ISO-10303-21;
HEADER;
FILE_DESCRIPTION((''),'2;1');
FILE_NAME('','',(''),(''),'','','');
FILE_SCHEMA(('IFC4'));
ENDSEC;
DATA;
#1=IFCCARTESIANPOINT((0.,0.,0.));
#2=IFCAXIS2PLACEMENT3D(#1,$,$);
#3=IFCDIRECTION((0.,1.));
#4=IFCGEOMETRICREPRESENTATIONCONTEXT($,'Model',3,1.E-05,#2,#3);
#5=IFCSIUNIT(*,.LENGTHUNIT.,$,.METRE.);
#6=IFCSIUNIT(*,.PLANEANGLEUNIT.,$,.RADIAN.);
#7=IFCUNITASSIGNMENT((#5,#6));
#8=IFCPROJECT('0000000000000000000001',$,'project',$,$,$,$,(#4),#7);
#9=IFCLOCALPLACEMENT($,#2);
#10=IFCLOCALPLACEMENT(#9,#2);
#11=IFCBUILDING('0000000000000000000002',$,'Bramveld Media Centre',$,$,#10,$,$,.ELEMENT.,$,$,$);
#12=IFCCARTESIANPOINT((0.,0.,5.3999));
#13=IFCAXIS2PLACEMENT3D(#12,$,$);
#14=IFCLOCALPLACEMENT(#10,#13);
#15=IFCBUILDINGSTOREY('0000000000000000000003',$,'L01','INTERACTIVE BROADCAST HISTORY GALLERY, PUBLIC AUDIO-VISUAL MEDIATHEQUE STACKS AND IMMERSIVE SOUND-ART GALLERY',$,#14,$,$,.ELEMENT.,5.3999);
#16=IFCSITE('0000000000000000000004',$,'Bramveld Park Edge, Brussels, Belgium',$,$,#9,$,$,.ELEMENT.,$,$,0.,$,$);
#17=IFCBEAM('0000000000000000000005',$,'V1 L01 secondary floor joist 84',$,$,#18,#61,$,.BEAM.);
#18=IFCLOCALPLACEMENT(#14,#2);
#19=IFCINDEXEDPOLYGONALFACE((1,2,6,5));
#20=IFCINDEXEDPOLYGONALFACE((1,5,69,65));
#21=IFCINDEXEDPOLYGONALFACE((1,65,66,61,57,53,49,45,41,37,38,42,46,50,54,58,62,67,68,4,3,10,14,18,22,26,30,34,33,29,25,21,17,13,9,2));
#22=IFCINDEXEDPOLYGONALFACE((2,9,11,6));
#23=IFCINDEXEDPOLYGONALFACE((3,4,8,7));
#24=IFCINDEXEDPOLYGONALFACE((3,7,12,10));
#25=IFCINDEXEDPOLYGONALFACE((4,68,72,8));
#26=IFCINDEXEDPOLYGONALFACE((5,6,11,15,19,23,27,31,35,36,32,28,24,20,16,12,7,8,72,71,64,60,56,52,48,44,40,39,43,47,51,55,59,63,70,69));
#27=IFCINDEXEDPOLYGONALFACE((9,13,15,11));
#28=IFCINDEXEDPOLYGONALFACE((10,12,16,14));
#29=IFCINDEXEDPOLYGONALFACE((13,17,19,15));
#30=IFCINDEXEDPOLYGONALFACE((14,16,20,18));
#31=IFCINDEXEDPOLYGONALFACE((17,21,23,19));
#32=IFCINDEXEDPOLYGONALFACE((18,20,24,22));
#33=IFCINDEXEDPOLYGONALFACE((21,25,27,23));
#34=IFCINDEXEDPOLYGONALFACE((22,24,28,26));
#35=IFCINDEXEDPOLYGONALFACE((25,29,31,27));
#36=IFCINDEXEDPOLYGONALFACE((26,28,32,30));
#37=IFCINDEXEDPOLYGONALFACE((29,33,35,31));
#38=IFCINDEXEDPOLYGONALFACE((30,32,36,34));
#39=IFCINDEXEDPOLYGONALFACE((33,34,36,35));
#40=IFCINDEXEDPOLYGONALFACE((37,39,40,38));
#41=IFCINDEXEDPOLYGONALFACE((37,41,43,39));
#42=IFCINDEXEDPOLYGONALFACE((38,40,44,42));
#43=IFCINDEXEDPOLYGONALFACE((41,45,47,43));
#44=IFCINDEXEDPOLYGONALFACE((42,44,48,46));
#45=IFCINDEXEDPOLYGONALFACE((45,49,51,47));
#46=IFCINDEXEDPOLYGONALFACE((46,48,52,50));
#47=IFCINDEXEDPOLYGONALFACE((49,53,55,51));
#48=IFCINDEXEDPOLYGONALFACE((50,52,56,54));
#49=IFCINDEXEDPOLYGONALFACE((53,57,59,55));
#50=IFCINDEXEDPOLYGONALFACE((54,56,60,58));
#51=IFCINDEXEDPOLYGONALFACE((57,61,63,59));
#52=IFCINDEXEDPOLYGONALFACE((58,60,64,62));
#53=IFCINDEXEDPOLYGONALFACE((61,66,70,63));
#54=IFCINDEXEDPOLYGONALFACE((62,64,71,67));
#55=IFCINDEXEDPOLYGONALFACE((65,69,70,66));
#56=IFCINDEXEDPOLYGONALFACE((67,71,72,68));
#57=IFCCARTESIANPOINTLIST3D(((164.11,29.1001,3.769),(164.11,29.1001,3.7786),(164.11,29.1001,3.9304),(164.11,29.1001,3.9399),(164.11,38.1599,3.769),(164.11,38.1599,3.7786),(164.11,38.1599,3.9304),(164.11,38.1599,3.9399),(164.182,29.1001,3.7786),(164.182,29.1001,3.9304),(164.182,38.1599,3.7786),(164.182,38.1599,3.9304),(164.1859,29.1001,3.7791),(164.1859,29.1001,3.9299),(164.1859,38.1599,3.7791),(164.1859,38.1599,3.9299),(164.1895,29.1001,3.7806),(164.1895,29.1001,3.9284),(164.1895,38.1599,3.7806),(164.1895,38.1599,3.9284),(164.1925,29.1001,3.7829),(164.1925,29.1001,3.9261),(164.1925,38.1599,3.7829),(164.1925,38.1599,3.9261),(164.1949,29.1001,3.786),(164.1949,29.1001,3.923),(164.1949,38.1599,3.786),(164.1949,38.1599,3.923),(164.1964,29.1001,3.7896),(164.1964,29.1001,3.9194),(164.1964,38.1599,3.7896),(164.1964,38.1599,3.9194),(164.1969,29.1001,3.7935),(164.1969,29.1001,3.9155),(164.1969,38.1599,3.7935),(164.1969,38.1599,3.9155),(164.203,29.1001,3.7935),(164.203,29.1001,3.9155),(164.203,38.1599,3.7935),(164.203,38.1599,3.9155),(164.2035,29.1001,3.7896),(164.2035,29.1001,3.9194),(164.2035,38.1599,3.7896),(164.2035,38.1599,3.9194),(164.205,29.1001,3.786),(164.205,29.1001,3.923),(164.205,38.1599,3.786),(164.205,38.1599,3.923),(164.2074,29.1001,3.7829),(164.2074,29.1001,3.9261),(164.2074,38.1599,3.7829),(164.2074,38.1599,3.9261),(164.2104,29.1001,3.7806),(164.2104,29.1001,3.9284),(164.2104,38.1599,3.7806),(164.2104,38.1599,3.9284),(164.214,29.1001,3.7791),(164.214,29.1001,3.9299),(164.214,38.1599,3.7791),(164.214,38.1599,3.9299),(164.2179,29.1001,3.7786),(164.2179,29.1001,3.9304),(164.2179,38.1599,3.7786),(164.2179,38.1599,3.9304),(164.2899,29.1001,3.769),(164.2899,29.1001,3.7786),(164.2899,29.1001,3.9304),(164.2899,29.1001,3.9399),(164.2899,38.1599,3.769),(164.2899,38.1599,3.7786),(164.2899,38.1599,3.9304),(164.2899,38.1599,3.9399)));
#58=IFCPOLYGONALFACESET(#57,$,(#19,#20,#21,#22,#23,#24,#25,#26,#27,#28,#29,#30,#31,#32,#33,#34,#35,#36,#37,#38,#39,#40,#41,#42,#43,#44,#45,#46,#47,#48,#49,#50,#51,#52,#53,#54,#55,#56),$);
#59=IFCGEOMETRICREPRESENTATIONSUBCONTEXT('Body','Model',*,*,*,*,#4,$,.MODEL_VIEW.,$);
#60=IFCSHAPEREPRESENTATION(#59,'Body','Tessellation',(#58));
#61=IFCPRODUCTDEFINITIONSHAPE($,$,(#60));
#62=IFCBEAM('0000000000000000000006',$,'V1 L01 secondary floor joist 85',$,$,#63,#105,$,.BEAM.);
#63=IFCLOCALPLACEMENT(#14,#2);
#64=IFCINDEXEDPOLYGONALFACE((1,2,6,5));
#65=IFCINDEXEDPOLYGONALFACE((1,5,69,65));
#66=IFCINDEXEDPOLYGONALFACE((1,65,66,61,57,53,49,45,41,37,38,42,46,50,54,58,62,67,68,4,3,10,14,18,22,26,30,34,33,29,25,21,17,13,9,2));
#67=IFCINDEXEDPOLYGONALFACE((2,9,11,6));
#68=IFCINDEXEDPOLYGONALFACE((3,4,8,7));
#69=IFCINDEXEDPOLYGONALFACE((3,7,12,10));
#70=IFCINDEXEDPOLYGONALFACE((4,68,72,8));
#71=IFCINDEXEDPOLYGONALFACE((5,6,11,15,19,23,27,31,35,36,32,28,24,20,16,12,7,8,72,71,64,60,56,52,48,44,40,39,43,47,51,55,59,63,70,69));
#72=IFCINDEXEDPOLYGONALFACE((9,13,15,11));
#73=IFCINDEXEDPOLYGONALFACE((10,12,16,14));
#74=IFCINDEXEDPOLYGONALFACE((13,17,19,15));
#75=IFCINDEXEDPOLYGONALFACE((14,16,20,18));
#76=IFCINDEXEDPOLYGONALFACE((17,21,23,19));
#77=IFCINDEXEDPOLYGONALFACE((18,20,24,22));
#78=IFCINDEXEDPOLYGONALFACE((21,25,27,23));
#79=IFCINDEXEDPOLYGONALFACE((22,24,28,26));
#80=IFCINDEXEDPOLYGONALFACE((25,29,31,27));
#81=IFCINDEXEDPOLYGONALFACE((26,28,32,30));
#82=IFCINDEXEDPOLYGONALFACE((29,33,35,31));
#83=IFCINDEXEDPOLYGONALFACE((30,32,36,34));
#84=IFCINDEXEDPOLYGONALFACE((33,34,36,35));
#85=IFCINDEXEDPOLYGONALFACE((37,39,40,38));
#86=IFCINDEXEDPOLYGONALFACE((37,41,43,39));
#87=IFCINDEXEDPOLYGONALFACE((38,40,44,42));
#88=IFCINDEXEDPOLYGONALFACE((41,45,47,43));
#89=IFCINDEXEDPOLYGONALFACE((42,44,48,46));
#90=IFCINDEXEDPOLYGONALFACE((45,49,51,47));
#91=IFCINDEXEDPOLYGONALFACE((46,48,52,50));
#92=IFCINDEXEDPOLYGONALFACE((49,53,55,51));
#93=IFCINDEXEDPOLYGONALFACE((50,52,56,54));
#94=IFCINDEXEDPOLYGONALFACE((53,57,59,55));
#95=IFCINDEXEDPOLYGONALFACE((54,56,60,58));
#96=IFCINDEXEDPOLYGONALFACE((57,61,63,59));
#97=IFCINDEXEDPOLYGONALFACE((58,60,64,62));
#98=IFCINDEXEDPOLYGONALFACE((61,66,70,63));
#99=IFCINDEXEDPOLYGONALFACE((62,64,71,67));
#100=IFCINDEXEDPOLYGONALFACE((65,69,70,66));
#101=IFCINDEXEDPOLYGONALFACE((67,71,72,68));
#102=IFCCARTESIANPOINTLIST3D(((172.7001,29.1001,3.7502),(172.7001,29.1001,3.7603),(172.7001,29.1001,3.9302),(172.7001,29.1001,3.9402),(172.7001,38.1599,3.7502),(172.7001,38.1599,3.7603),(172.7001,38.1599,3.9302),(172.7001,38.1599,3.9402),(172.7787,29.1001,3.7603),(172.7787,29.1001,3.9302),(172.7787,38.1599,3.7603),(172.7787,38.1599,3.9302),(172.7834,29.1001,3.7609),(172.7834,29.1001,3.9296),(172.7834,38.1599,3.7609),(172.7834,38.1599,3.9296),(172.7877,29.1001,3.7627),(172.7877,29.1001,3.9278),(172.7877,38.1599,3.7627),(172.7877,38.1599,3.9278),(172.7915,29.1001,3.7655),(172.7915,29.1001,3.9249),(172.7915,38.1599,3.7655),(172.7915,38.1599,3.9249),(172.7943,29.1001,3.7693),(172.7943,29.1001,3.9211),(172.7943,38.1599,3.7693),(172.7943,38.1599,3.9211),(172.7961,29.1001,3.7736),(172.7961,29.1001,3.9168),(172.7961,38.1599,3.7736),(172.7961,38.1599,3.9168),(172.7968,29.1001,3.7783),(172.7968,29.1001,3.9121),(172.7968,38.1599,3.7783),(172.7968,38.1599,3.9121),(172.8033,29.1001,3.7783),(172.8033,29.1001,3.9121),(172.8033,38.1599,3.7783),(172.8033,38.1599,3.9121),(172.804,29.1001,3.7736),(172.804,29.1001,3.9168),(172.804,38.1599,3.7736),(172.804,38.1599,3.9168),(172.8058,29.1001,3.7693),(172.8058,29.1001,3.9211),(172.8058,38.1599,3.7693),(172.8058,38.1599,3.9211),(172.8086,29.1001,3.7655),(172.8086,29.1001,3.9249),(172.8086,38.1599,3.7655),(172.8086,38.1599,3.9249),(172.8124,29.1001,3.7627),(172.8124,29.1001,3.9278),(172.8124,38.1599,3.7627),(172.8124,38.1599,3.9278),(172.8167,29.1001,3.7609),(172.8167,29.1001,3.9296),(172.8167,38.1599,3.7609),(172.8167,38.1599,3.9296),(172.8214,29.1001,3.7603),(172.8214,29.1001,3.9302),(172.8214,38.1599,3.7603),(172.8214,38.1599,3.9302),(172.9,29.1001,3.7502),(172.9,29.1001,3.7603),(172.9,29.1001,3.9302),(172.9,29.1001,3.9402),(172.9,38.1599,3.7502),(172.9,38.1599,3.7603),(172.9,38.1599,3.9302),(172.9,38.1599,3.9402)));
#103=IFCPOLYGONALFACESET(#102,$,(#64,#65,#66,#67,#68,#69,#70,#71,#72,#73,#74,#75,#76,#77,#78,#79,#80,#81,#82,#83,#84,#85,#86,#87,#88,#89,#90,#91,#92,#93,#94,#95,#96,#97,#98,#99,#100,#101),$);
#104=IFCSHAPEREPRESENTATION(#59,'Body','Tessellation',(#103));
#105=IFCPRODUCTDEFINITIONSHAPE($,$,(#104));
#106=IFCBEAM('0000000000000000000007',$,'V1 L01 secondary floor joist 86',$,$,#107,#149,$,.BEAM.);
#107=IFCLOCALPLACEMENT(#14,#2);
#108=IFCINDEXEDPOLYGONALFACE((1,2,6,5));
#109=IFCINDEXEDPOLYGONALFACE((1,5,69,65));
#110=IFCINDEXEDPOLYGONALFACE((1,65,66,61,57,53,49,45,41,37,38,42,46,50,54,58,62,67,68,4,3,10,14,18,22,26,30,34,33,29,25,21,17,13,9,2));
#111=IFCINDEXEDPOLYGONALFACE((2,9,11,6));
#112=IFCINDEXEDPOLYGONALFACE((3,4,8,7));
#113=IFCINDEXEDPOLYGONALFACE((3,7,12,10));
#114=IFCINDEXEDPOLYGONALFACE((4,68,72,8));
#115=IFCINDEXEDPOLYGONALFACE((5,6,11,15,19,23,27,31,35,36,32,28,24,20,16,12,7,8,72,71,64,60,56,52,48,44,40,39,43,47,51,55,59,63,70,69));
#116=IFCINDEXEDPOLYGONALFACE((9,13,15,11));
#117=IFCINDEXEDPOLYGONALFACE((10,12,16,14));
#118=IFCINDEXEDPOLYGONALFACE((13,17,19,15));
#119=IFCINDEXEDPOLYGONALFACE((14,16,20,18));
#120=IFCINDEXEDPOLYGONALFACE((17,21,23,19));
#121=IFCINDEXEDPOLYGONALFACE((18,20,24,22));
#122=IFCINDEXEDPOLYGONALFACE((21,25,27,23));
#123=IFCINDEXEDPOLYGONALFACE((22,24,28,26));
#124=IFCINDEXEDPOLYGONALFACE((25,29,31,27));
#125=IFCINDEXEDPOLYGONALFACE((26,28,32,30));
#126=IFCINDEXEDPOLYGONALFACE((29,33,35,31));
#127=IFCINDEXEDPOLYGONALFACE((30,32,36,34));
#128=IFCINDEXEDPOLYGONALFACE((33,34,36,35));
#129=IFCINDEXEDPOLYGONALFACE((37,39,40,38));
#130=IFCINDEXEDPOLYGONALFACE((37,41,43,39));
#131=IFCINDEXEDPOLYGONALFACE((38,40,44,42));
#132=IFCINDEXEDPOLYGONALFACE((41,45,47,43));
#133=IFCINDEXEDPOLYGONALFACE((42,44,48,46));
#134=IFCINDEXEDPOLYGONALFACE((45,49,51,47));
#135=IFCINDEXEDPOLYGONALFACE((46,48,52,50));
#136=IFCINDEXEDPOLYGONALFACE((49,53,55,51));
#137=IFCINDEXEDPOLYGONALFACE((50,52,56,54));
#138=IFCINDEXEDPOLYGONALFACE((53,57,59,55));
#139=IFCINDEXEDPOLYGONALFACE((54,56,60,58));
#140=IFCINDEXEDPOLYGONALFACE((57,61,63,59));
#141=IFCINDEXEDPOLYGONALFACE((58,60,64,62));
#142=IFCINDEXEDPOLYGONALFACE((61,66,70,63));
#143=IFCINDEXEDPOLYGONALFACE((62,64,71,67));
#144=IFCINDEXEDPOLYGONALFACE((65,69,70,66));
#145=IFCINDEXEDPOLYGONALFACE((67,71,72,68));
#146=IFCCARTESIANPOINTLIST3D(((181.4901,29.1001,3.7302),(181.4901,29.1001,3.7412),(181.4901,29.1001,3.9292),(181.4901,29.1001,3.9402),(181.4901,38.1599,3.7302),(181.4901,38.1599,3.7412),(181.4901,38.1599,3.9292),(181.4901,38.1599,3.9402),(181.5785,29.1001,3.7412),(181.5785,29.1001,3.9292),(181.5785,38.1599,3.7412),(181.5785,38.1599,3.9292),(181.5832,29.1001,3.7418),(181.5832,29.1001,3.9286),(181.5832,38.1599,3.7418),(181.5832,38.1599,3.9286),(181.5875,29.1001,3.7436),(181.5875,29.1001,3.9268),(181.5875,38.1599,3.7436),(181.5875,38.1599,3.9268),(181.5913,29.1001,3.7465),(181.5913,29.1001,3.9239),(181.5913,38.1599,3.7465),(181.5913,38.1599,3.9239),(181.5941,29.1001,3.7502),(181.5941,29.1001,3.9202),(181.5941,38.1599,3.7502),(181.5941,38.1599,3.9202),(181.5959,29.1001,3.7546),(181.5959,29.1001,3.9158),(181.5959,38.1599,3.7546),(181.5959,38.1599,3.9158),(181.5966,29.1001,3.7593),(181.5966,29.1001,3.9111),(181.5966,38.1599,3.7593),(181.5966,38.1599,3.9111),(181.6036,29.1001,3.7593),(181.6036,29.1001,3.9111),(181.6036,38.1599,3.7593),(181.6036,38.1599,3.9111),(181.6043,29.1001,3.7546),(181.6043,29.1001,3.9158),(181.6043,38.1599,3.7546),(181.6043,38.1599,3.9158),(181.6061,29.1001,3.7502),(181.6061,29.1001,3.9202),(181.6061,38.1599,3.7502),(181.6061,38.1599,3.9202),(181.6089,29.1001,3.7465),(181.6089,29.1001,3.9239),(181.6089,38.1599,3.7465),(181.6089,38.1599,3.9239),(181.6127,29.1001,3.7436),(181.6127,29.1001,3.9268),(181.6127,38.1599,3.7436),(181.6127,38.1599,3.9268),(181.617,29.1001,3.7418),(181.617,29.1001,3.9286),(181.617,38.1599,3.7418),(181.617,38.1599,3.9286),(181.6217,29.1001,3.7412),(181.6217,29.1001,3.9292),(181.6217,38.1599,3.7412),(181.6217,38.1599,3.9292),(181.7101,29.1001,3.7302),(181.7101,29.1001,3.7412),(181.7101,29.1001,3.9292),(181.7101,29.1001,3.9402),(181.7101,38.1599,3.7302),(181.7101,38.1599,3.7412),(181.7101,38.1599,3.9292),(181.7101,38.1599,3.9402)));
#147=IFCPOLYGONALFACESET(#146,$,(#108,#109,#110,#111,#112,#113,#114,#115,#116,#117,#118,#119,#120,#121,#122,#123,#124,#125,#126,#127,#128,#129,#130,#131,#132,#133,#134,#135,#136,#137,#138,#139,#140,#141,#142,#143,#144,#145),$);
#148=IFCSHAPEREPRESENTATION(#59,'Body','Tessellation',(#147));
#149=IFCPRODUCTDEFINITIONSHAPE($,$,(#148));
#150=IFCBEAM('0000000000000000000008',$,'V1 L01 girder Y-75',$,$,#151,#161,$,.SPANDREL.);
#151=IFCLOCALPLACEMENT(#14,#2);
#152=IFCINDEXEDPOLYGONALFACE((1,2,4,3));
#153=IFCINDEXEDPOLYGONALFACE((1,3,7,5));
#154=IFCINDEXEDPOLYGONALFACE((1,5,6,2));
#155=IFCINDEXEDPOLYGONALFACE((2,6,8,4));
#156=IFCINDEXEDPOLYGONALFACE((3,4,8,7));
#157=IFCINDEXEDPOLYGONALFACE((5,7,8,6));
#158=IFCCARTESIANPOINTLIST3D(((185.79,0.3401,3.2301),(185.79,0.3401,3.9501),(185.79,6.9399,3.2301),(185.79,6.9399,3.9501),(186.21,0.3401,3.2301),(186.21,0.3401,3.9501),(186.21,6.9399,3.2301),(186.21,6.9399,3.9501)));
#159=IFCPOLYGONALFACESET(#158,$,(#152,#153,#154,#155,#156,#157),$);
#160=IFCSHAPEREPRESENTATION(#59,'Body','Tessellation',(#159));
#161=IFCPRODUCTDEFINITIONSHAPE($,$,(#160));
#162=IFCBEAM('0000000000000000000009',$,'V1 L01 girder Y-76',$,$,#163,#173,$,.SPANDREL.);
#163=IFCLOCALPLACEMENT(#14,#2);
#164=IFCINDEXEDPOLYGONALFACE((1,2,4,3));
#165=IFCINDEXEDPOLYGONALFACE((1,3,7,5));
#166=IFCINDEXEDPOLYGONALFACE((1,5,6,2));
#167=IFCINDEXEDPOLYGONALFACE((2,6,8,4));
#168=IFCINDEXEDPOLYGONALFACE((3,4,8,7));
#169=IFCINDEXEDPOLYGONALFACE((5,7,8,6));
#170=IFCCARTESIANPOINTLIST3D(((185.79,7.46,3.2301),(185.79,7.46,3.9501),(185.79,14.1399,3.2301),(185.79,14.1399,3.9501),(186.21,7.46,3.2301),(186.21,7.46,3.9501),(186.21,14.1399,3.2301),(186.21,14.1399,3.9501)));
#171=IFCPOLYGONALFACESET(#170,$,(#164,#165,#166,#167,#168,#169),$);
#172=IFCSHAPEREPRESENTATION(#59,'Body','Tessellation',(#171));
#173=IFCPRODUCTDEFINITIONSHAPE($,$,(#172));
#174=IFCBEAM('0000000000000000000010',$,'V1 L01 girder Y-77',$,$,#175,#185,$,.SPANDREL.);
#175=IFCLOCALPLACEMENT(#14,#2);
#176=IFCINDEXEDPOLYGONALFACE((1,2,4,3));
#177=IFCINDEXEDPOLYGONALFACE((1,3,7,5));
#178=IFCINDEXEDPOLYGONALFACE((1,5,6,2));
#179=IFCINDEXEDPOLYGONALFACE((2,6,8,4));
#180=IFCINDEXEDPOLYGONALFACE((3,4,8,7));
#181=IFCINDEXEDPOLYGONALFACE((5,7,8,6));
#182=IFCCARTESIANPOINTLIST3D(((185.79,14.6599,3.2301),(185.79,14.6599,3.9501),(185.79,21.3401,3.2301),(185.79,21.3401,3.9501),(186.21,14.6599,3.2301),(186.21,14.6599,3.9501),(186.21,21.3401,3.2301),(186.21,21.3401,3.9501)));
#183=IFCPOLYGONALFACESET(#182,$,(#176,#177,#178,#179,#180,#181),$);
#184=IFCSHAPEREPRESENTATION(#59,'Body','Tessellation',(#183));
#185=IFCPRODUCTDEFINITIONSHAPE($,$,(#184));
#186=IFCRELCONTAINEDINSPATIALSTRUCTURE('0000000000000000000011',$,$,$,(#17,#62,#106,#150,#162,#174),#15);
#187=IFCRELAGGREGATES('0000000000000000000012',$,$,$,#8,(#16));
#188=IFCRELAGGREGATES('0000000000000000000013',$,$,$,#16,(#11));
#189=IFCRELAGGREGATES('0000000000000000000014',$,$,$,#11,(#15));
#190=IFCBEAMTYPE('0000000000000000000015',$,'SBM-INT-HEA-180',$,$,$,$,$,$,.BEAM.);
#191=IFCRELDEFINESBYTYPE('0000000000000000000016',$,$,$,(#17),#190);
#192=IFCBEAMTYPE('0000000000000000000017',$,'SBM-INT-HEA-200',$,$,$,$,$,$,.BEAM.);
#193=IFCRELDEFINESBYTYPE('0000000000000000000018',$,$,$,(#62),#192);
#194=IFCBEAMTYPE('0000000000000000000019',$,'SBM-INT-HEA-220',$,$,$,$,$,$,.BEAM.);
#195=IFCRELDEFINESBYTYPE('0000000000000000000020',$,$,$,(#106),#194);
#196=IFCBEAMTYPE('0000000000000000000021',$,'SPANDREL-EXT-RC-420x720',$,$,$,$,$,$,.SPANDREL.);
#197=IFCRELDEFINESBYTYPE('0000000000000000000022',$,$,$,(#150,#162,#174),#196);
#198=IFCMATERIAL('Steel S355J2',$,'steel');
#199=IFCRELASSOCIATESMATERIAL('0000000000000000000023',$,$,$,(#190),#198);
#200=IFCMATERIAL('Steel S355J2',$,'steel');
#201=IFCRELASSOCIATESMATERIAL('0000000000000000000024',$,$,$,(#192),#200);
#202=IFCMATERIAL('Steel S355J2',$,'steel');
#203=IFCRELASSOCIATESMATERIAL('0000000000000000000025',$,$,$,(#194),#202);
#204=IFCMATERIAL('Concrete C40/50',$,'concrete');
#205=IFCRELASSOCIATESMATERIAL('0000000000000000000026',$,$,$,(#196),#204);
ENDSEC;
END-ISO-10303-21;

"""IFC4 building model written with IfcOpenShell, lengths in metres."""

from ifc_helpers import new_model, si_unit, direction, frame, origin, origin_2d, place, context, subcontext, project, spatial, rectangle, i_section, extrude, material, material_profile, profile_set, type_object, element, save


model = new_model("IFC4")

# Units and contexts
model_context = context("Model", 3, precision=1e-05, world=origin(), true_north=direction((0.0, 1.0)))
body_context = subcontext(model_context, "Body", "Model", "MODEL_VIEW")
ifc_project = project(units=[si_unit("LENGTHUNIT", "METRE"), si_unit("PLANEANGLEUNIT", "RADIAN")], contexts=[model_context])

# Site, building, storey
site_placement = place(None, origin())
site = spatial("IfcSite", under=ifc_project, at=site_placement, Name="Bramveld Park Edge, Brussels, Belgium", CompositionType="ELEMENT", RefElevation=0.0)
building_placement = place(site_placement, origin())
building = spatial("IfcBuilding", under=site, at=building_placement, Name="Bramveld Media Centre", CompositionType="ELEMENT")
storey_placement = place(building_placement, frame((0.0, 0.0, 5.3999)))
storey = spatial("IfcBuildingStorey", under=building, at=storey_placement, Name="L01", Description="INTERACTIVE BROADCAST HISTORY GALLERY, PUBLIC AUDIO-VISUAL MEDIATHEQUE STACKS AND IMMERSIVE SOUND-ART GALLERY", CompositionType="ELEMENT", Elevation=5.3999)

# Beams
ifc_material_1 = material(Name="Steel S355J2", Category="steel")
ifc_material_profile_1 = material_profile(ifc_material_1, i_section(OverallWidth=0.1799, OverallDepth=0.1709, WebThickness=0.0061, FlangeThickness=0.0095, FilletRadius=0.0149, at=origin_2d()), Name="HEA 180")
ifc_profile_set_1 = profile_set([ifc_material_profile_1], Name="Steel S355J2")
beam_type_1 = type_object("IfcBeamType", Name="SBM-INT-HEA-180", PredefinedType="BEAM", material=ifc_profile_set_1)
beam_1_placement = place(storey_placement, frame((164.2, 29.1001, 3.8545), z_axis=(0.0, 1.0, 0.0), x_axis=(-1.0, 0.0, 0.0)))
element("IfcBeam", 1, at=beam_1_placement, inside=storey, type_object=beam_type_1, Name="V1 L01 secondary floor joist 84", PredefinedType="BEAM", context=body_context, shape_type="SweptSolid", body=[
    extrude(i_section(OverallWidth=0.1799, OverallDepth=0.1709, WebThickness=0.0061, FlangeThickness=0.0095, FilletRadius=0.0149, at=origin_2d()), origin(), (0.0, 0.0, 1.0), 9.0598),
])
ifc_material_2 = material(Name="Steel S355J2", Category="steel")
ifc_material_profile_2 = material_profile(ifc_material_2, i_section(OverallWidth=0.2, OverallDepth=0.1899, WebThickness=0.0066, FlangeThickness=0.01, FilletRadius=0.0181, at=origin_2d()), Name="HEA 200")
ifc_profile_set_2 = profile_set([ifc_material_profile_2], Name="Steel S355J2")
beam_type_2 = type_object("IfcBeamType", Name="SBM-INT-HEA-200", PredefinedType="BEAM", material=ifc_profile_set_2)
beam_2_placement = place(storey_placement, frame((172.8, 29.1001, 3.8452), z_axis=(0.0, 1.0, 0.0), x_axis=(-1.0, 0.0, 0.0)))
element("IfcBeam", 2, at=beam_2_placement, inside=storey, type_object=beam_type_2, Name="V1 L01 secondary floor joist 85", PredefinedType="BEAM", context=body_context, shape_type="SweptSolid", body=[
    extrude(i_section(OverallWidth=0.2, OverallDepth=0.1899, WebThickness=0.0066, FlangeThickness=0.01, FilletRadius=0.0181, at=origin_2d()), origin(), (0.0, 0.0, 1.0), 9.0598),
])
ifc_material_3 = material(Name="Steel S355J2", Category="steel")
ifc_material_profile_3 = material_profile(ifc_material_3, i_section(OverallWidth=0.22, OverallDepth=0.21, WebThickness=0.0071, FlangeThickness=0.011, FilletRadius=0.0181, at=origin_2d()), Name="HEA 220")
ifc_profile_set_3 = profile_set([ifc_material_profile_3], Name="Steel S355J2")
beam_type_3 = type_object("IfcBeamType", Name="SBM-INT-HEA-220", PredefinedType="BEAM", material=ifc_profile_set_3)
beam_3_placement = place(storey_placement, frame((181.6001, 29.1001, 3.8352), z_axis=(0.0, 1.0, 0.0), x_axis=(-1.0, 0.0, 0.0)))
element("IfcBeam", 3, at=beam_3_placement, inside=storey, type_object=beam_type_3, Name="V1 L01 secondary floor joist 86", PredefinedType="BEAM", context=body_context, shape_type="SweptSolid", body=[
    extrude(i_section(OverallWidth=0.22, OverallDepth=0.21, WebThickness=0.0071, FlangeThickness=0.011, FilletRadius=0.0181, at=origin_2d()), origin(), (0.0, 0.0, 1.0), 9.0598),
])
ifc_material_4 = material(Name="Concrete C40/50", Category="concrete")
ifc_material_profile_4 = material_profile(ifc_material_4, rectangle(XDim=0.4199, YDim=0.72, at=origin_2d()), Name="RC 420x720")
ifc_profile_set_4 = profile_set([ifc_material_profile_4], Name="Concrete C40/50")
beam_type_4 = type_object("IfcBeamType", Name="SPANDREL-EXT-RC-420x720", PredefinedType="SPANDREL", material=ifc_profile_set_4)
beam_4_placement = place(storey_placement, frame((186.0, 0.3401, 3.5901), z_axis=(0.0, 1.0, 0.0), x_axis=(-1.0, 0.0, 0.0)))
element("IfcBeam", 4, at=beam_4_placement, inside=storey, type_object=beam_type_4, Name="V1 L01 girder Y-75", PredefinedType="SPANDREL", context=body_context, shape_type="SweptSolid", body=[
    extrude(rectangle(XDim=0.4199, YDim=0.72, at=origin_2d()), origin(), (0.0, 0.0, 1.0), 6.5999),
])
beam_5_placement = place(storey_placement, frame((186.0, 7.46, 3.5901), z_axis=(0.0, 1.0, 0.0), x_axis=(-1.0, 0.0, 0.0)))
element("IfcBeam", 5, at=beam_5_placement, inside=storey, type_object=beam_type_4, Name="V1 L01 girder Y-76", PredefinedType="SPANDREL", context=body_context, shape_type="SweptSolid", body=[
    extrude(rectangle(XDim=0.4199, YDim=0.72, at=origin_2d()), origin(), (0.0, 0.0, 1.0), 6.6799),
])
beam_6_placement = place(storey_placement, frame((186.0, 14.6599, 3.5901), z_axis=(0.0, 1.0, 0.0), x_axis=(-1.0, 0.0, 0.0)))
element("IfcBeam", 6, at=beam_6_placement, inside=storey, type_object=beam_type_4, Name="V1 L01 girder Y-77", PredefinedType="SPANDREL", context=body_context, shape_type="SweptSolid", body=[
    extrude(rectangle(XDim=0.4199, YDim=0.72, at=origin_2d()), origin(), (0.0, 0.0, 1.0), 6.6802),
])

save(model, "model.ifc")
